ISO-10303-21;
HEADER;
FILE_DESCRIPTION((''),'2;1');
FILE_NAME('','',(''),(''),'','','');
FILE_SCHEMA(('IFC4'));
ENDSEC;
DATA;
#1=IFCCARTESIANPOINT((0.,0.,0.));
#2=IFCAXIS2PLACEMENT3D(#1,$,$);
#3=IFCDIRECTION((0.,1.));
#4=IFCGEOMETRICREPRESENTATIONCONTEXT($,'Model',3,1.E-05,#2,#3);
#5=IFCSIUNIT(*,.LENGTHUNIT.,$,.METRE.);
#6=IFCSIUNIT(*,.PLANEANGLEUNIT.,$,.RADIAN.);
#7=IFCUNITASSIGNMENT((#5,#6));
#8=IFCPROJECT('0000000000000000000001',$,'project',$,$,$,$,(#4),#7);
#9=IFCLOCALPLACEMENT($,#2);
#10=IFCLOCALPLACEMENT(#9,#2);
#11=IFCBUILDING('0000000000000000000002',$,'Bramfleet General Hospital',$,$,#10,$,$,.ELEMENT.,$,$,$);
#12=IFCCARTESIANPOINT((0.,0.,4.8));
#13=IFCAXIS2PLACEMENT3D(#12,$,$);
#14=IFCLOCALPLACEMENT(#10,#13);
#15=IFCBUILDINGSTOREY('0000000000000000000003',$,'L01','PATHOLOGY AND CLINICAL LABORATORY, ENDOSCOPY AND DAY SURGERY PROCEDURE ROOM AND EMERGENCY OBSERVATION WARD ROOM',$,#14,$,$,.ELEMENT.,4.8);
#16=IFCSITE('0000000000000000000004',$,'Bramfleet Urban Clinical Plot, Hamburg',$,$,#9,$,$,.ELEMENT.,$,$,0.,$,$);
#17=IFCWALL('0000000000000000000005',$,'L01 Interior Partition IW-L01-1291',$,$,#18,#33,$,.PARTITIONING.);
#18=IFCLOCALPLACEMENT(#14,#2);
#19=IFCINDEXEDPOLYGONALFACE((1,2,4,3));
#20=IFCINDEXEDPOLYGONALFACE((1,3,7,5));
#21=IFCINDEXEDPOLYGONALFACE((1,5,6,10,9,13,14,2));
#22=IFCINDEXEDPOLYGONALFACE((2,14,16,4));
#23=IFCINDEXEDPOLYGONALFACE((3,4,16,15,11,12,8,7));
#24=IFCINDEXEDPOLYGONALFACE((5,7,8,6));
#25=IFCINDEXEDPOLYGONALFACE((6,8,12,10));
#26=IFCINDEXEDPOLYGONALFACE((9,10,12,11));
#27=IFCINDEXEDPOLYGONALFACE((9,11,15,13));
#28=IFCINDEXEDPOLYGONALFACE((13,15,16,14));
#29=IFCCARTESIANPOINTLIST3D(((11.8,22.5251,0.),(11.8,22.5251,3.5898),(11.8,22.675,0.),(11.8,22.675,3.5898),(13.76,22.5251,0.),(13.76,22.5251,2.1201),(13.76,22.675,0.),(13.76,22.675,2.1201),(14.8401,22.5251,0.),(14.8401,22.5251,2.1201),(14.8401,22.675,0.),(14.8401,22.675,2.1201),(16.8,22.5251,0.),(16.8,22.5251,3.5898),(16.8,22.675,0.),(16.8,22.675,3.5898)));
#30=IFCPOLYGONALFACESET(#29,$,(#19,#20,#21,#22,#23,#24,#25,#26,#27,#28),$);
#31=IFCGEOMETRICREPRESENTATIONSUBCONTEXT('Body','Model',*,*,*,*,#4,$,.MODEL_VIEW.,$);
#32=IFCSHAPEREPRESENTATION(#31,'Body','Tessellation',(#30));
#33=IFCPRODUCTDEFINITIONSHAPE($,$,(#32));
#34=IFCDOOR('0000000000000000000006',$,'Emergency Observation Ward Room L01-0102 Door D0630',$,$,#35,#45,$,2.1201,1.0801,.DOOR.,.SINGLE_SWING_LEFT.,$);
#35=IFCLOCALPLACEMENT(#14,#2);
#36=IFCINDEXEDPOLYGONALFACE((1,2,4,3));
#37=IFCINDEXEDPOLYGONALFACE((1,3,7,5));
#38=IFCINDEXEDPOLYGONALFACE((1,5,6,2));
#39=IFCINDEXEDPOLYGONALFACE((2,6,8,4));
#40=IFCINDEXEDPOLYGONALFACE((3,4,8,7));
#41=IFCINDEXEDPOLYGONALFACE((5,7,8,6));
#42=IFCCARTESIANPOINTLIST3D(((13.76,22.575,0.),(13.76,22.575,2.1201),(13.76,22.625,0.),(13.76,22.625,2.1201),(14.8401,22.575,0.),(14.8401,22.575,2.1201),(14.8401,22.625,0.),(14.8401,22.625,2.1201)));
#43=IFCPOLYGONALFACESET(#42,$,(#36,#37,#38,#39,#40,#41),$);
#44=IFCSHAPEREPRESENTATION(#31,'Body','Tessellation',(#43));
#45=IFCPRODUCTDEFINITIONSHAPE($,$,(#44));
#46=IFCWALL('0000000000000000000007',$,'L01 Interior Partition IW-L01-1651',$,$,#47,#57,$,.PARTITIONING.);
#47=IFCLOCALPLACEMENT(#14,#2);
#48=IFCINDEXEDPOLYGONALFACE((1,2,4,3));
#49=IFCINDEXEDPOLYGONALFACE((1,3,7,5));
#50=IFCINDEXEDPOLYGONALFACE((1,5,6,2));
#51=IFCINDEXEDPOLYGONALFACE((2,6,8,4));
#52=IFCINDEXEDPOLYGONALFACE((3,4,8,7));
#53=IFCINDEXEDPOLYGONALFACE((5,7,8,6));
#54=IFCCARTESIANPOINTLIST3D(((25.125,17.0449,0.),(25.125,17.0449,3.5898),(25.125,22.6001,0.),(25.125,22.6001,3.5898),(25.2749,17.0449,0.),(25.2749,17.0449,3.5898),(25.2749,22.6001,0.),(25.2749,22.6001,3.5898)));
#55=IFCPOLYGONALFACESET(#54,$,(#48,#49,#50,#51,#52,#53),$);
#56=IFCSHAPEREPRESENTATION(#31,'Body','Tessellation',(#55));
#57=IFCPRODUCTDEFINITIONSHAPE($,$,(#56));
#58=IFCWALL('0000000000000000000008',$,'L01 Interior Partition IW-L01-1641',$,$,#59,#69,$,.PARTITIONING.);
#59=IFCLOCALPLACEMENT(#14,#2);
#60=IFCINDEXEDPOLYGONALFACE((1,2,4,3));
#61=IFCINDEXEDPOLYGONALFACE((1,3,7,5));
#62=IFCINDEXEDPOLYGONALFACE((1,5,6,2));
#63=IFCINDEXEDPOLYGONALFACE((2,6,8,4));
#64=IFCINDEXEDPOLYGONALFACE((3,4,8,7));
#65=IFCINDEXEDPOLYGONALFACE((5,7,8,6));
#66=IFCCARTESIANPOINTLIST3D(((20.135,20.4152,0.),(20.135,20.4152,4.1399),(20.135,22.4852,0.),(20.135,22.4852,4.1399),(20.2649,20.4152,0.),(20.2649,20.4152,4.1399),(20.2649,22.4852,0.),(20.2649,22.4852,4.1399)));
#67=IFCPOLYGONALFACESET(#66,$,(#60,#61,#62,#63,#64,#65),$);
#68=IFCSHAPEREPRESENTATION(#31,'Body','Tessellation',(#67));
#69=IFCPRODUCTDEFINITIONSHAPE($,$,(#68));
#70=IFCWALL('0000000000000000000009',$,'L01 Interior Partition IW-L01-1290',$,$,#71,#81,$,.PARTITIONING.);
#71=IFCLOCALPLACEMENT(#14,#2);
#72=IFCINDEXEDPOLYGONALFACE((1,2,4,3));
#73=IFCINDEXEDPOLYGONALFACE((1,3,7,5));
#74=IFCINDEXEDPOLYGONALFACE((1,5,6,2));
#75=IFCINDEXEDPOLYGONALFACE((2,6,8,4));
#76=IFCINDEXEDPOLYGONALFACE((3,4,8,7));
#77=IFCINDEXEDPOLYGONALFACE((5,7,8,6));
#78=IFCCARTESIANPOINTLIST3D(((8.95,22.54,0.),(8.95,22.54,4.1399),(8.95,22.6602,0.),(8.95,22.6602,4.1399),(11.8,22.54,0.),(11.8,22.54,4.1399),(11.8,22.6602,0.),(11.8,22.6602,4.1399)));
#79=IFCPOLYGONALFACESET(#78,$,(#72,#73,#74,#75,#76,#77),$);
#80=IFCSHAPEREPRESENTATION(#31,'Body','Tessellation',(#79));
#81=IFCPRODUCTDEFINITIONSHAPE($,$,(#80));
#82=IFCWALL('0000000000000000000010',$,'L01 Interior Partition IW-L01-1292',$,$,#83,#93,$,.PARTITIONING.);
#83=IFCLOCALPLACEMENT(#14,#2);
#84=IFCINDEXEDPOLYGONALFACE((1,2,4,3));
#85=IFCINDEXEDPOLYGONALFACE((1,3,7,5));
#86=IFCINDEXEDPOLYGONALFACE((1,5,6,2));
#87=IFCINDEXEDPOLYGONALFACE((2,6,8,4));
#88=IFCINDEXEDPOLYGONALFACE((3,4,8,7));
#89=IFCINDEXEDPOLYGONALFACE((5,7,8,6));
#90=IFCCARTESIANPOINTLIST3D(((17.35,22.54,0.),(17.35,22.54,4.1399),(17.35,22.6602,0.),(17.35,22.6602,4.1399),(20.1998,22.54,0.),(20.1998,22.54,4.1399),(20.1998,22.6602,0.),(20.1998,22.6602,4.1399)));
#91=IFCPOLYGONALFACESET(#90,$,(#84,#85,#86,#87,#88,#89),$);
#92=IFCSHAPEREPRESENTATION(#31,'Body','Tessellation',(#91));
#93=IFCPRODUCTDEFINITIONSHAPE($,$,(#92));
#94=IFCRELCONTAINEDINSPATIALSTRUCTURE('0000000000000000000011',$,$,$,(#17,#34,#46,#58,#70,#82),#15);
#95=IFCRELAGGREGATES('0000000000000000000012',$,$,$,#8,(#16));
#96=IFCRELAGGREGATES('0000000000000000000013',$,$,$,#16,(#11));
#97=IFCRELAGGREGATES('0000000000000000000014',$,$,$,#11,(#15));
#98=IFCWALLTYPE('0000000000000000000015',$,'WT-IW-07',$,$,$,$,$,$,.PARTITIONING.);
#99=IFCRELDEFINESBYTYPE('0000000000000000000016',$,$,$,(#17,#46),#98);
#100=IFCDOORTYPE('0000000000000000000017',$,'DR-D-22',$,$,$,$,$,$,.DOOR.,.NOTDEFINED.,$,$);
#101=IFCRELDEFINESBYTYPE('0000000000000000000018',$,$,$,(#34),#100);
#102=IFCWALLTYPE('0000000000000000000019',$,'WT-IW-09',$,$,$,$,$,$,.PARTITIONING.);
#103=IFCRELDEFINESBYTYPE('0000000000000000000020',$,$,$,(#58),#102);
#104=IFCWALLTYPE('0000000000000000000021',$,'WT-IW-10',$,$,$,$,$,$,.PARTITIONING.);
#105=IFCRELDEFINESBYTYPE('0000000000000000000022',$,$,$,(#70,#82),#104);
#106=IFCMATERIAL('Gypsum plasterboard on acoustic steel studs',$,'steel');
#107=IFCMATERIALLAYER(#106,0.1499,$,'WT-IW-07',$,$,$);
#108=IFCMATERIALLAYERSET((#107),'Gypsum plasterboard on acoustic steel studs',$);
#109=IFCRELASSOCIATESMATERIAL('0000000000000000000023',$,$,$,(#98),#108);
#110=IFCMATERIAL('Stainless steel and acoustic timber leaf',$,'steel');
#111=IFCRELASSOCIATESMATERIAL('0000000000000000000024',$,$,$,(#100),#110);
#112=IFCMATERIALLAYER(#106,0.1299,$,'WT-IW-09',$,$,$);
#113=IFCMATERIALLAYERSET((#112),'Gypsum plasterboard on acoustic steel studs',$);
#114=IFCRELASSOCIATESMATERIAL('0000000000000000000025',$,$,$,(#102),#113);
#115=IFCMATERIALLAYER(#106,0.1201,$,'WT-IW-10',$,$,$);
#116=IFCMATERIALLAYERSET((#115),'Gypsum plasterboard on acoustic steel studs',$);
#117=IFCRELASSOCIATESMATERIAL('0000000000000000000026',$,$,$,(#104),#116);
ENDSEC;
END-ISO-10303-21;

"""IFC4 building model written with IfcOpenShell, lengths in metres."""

from ifc_helpers import new_model, si_unit, direction, frame, frame_2d, origin, place, context, subcontext, project, spatial, rectangle, extrude, material, layer, layer_set, type_object, element, fill, save


model = new_model("IFC4")

# Units and contexts
model_context = context("Model", 3, precision=1e-05, world=origin(), true_north=direction((0.0, 1.0)))
body_context = subcontext(model_context, "Body", "Model", "MODEL_VIEW")
ifc_project = project(units=[si_unit("LENGTHUNIT", "METRE"), si_unit("PLANEANGLEUNIT", "RADIAN")], contexts=[model_context])

# Site, building, storey
site_placement = place(None, origin())
site = spatial("IfcSite", under=ifc_project, at=site_placement, Name="Bramfleet Urban Clinical Plot, Hamburg", CompositionType="ELEMENT", RefElevation=0.0)
building_placement = place(site_placement, origin())
building = spatial("IfcBuilding", under=site, at=building_placement, Name="Bramfleet General Hospital", CompositionType="ELEMENT")
storey_placement = place(building_placement, frame((0.0, 0.0, 4.8)))
storey = spatial("IfcBuildingStorey", under=building, at=storey_placement, Name="L01", Description="PATHOLOGY AND CLINICAL LABORATORY, ENDOSCOPY AND DAY SURGERY PROCEDURE ROOM AND EMERGENCY OBSERVATION WARD ROOM", CompositionType="ELEMENT", Elevation=4.8)

# Shared definitions
ifc_material_1 = material(Name="Stainless steel and acoustic timber leaf", Category="steel")

# Shared definitions
ifc_material_2 = material(Name="Gypsum plasterboard on acoustic steel studs", Category="steel")

# Shared definitions
ifc_layer_1 = layer(ifc_material_2, 0.1499, Name="WT-IW-07")
ifc_layer_set_1 = layer_set([ifc_layer_1], Name="Gypsum plasterboard on acoustic steel studs")
wall_type_1 = type_object("IfcWallType", Name="WT-IW-07", PredefinedType="PARTITIONING", material=ifc_layer_set_1)

# Wall, opening, door
wall_1_placement = place(storey_placement, frame((11.8, 22.6001, 0.0), z_axis=(0.0, 0.0, 1.0), x_axis=(1.0, 0.0, 0.0)))
wall_1 = element("IfcWall", 1, at=wall_1_placement, inside=storey, type_object=wall_type_1, Name="L01 Interior Partition IW-L01-1291", PredefinedType="PARTITIONING", context=body_context, shape_type="SweptSolid", body=[
    extrude(rectangle(XDim=5.0, YDim=0.1499, at=frame_2d((2.5, 0.0))), origin(), (0.0, 0.0, 1.0), 3.5898),
])
opening_1_placement = place(wall_1_placement, frame((1.96, 0.0, 0.0)))
opening_1 = element("IfcOpeningElement", 2, at=opening_1_placement, cuts=wall_1, PredefinedType="OPENING", context=body_context, shape_type="SweptSolid", body=[
    extrude(rectangle(XDim=1.0801, YDim=2.1201, at=frame_2d((0.54, 1.0601))), frame((0.0, 0.085, 0.0), z_axis=(0.0, -1.0, 0.0), x_axis=(1.0, 0.0, 0.0)), (0.0, 0.0, 1.0), 0.1699),
])
door_type_1 = type_object("IfcDoorType", Name="DR-D-22", OperationType="NOTDEFINED", PredefinedType="DOOR", material=ifc_material_1)
door_1_placement = place(opening_1_placement, origin())
door_1 = element("IfcDoor", 3, at=door_1_placement, inside=storey, type_object=door_type_1, Name="Emergency Observation Ward Room L01-0102 Door D0630", OperationType="SINGLE_SWING_LEFT", OverallHeight=2.1201, OverallWidth=1.0801, PredefinedType="DOOR", context=body_context, shape_type="SweptSolid", body=[
    extrude(rectangle(XDim=1.0801, YDim=2.1201, at=frame_2d((0.54, 1.0601))), frame((0.0, 0.0249, 0.0), z_axis=(0.0, -1.0, 0.0), x_axis=(1.0, 0.0, 0.0)), (0.0, 0.0, 1.0), 0.05),
])
fill(opening_1, door_1)

# Wall
wall_2_placement = place(storey_placement, frame((25.2, 17.0449, 0.0), z_axis=(0.0, 0.0, 1.0), x_axis=(0.0, 1.0, 0.0)))
element("IfcWall", 4, at=wall_2_placement, inside=storey, type_object=wall_type_1, Name="L01 Interior Partition IW-L01-1651", PredefinedType="PARTITIONING", context=body_context, shape_type="SweptSolid", body=[
    extrude(rectangle(XDim=5.5552, YDim=0.1499, at=frame_2d((2.7776, 0.0))), origin(), (0.0, 0.0, 1.0), 3.5898),
])

# Shared definitions
ifc_layer_2 = layer(ifc_material_2, 0.1299, Name="WT-IW-09")
ifc_layer_set_2 = layer_set([ifc_layer_2], Name="Gypsum plasterboard on acoustic steel studs")
wall_type_2 = type_object("IfcWallType", Name="WT-IW-09", PredefinedType="PARTITIONING", material=ifc_layer_set_2)

# Walls
wall_3_placement = place(storey_placement, frame((20.2, 20.415, 0.0), z_axis=(0.0, 0.0, 1.0), x_axis=(0.0, 1.0, 0.0)))
element("IfcWall", 5, at=wall_3_placement, inside=storey, type_object=wall_type_2, Name="L01 Interior Partition IW-L01-1641", PredefinedType="PARTITIONING", context=body_context, shape_type="SweptSolid", body=[
    extrude(rectangle(XDim=2.0701, YDim=0.1299, at=frame_2d((1.0352, 0.0))), origin(), (0.0, 0.0, 1.0), 4.1399),
])
ifc_layer_3 = layer(ifc_material_2, 0.1201, Name="WT-IW-10")
ifc_layer_set_3 = layer_set([ifc_layer_3], Name="Gypsum plasterboard on acoustic steel studs")
wall_type_3 = type_object("IfcWallType", Name="WT-IW-10", PredefinedType="PARTITIONING", material=ifc_layer_set_3)
wall_4_placement = place(storey_placement, frame((8.95, 22.6001, 0.0), z_axis=(0.0, 0.0, 1.0), x_axis=(1.0, 0.0, 0.0)))
element("IfcWall", 6, at=wall_4_placement, inside=storey, type_object=wall_type_3, Name="L01 Interior Partition IW-L01-1290", PredefinedType="PARTITIONING", context=body_context, shape_type="SweptSolid", body=[
    extrude(rectangle(XDim=2.8501, YDim=0.1201, at=frame_2d((1.425, 0.0))), origin(), (0.0, 0.0, 1.0), 4.1399),
])
wall_5_placement = place(storey_placement, frame((17.3501, 22.6001, 0.0), z_axis=(0.0, 0.0, 1.0), x_axis=(1.0, 0.0, 0.0)))
element("IfcWall", 7, at=wall_5_placement, inside=storey, type_object=wall_type_3, Name="L01 Interior Partition IW-L01-1292", PredefinedType="PARTITIONING", context=body_context, shape_type="SweptSolid", body=[
    extrude(rectangle(XDim=2.8499, YDim=0.1201, at=frame_2d((1.4248, 0.0))), origin(), (0.0, 0.0, 1.0), 4.1399),
])

save(model, "model.ifc")
